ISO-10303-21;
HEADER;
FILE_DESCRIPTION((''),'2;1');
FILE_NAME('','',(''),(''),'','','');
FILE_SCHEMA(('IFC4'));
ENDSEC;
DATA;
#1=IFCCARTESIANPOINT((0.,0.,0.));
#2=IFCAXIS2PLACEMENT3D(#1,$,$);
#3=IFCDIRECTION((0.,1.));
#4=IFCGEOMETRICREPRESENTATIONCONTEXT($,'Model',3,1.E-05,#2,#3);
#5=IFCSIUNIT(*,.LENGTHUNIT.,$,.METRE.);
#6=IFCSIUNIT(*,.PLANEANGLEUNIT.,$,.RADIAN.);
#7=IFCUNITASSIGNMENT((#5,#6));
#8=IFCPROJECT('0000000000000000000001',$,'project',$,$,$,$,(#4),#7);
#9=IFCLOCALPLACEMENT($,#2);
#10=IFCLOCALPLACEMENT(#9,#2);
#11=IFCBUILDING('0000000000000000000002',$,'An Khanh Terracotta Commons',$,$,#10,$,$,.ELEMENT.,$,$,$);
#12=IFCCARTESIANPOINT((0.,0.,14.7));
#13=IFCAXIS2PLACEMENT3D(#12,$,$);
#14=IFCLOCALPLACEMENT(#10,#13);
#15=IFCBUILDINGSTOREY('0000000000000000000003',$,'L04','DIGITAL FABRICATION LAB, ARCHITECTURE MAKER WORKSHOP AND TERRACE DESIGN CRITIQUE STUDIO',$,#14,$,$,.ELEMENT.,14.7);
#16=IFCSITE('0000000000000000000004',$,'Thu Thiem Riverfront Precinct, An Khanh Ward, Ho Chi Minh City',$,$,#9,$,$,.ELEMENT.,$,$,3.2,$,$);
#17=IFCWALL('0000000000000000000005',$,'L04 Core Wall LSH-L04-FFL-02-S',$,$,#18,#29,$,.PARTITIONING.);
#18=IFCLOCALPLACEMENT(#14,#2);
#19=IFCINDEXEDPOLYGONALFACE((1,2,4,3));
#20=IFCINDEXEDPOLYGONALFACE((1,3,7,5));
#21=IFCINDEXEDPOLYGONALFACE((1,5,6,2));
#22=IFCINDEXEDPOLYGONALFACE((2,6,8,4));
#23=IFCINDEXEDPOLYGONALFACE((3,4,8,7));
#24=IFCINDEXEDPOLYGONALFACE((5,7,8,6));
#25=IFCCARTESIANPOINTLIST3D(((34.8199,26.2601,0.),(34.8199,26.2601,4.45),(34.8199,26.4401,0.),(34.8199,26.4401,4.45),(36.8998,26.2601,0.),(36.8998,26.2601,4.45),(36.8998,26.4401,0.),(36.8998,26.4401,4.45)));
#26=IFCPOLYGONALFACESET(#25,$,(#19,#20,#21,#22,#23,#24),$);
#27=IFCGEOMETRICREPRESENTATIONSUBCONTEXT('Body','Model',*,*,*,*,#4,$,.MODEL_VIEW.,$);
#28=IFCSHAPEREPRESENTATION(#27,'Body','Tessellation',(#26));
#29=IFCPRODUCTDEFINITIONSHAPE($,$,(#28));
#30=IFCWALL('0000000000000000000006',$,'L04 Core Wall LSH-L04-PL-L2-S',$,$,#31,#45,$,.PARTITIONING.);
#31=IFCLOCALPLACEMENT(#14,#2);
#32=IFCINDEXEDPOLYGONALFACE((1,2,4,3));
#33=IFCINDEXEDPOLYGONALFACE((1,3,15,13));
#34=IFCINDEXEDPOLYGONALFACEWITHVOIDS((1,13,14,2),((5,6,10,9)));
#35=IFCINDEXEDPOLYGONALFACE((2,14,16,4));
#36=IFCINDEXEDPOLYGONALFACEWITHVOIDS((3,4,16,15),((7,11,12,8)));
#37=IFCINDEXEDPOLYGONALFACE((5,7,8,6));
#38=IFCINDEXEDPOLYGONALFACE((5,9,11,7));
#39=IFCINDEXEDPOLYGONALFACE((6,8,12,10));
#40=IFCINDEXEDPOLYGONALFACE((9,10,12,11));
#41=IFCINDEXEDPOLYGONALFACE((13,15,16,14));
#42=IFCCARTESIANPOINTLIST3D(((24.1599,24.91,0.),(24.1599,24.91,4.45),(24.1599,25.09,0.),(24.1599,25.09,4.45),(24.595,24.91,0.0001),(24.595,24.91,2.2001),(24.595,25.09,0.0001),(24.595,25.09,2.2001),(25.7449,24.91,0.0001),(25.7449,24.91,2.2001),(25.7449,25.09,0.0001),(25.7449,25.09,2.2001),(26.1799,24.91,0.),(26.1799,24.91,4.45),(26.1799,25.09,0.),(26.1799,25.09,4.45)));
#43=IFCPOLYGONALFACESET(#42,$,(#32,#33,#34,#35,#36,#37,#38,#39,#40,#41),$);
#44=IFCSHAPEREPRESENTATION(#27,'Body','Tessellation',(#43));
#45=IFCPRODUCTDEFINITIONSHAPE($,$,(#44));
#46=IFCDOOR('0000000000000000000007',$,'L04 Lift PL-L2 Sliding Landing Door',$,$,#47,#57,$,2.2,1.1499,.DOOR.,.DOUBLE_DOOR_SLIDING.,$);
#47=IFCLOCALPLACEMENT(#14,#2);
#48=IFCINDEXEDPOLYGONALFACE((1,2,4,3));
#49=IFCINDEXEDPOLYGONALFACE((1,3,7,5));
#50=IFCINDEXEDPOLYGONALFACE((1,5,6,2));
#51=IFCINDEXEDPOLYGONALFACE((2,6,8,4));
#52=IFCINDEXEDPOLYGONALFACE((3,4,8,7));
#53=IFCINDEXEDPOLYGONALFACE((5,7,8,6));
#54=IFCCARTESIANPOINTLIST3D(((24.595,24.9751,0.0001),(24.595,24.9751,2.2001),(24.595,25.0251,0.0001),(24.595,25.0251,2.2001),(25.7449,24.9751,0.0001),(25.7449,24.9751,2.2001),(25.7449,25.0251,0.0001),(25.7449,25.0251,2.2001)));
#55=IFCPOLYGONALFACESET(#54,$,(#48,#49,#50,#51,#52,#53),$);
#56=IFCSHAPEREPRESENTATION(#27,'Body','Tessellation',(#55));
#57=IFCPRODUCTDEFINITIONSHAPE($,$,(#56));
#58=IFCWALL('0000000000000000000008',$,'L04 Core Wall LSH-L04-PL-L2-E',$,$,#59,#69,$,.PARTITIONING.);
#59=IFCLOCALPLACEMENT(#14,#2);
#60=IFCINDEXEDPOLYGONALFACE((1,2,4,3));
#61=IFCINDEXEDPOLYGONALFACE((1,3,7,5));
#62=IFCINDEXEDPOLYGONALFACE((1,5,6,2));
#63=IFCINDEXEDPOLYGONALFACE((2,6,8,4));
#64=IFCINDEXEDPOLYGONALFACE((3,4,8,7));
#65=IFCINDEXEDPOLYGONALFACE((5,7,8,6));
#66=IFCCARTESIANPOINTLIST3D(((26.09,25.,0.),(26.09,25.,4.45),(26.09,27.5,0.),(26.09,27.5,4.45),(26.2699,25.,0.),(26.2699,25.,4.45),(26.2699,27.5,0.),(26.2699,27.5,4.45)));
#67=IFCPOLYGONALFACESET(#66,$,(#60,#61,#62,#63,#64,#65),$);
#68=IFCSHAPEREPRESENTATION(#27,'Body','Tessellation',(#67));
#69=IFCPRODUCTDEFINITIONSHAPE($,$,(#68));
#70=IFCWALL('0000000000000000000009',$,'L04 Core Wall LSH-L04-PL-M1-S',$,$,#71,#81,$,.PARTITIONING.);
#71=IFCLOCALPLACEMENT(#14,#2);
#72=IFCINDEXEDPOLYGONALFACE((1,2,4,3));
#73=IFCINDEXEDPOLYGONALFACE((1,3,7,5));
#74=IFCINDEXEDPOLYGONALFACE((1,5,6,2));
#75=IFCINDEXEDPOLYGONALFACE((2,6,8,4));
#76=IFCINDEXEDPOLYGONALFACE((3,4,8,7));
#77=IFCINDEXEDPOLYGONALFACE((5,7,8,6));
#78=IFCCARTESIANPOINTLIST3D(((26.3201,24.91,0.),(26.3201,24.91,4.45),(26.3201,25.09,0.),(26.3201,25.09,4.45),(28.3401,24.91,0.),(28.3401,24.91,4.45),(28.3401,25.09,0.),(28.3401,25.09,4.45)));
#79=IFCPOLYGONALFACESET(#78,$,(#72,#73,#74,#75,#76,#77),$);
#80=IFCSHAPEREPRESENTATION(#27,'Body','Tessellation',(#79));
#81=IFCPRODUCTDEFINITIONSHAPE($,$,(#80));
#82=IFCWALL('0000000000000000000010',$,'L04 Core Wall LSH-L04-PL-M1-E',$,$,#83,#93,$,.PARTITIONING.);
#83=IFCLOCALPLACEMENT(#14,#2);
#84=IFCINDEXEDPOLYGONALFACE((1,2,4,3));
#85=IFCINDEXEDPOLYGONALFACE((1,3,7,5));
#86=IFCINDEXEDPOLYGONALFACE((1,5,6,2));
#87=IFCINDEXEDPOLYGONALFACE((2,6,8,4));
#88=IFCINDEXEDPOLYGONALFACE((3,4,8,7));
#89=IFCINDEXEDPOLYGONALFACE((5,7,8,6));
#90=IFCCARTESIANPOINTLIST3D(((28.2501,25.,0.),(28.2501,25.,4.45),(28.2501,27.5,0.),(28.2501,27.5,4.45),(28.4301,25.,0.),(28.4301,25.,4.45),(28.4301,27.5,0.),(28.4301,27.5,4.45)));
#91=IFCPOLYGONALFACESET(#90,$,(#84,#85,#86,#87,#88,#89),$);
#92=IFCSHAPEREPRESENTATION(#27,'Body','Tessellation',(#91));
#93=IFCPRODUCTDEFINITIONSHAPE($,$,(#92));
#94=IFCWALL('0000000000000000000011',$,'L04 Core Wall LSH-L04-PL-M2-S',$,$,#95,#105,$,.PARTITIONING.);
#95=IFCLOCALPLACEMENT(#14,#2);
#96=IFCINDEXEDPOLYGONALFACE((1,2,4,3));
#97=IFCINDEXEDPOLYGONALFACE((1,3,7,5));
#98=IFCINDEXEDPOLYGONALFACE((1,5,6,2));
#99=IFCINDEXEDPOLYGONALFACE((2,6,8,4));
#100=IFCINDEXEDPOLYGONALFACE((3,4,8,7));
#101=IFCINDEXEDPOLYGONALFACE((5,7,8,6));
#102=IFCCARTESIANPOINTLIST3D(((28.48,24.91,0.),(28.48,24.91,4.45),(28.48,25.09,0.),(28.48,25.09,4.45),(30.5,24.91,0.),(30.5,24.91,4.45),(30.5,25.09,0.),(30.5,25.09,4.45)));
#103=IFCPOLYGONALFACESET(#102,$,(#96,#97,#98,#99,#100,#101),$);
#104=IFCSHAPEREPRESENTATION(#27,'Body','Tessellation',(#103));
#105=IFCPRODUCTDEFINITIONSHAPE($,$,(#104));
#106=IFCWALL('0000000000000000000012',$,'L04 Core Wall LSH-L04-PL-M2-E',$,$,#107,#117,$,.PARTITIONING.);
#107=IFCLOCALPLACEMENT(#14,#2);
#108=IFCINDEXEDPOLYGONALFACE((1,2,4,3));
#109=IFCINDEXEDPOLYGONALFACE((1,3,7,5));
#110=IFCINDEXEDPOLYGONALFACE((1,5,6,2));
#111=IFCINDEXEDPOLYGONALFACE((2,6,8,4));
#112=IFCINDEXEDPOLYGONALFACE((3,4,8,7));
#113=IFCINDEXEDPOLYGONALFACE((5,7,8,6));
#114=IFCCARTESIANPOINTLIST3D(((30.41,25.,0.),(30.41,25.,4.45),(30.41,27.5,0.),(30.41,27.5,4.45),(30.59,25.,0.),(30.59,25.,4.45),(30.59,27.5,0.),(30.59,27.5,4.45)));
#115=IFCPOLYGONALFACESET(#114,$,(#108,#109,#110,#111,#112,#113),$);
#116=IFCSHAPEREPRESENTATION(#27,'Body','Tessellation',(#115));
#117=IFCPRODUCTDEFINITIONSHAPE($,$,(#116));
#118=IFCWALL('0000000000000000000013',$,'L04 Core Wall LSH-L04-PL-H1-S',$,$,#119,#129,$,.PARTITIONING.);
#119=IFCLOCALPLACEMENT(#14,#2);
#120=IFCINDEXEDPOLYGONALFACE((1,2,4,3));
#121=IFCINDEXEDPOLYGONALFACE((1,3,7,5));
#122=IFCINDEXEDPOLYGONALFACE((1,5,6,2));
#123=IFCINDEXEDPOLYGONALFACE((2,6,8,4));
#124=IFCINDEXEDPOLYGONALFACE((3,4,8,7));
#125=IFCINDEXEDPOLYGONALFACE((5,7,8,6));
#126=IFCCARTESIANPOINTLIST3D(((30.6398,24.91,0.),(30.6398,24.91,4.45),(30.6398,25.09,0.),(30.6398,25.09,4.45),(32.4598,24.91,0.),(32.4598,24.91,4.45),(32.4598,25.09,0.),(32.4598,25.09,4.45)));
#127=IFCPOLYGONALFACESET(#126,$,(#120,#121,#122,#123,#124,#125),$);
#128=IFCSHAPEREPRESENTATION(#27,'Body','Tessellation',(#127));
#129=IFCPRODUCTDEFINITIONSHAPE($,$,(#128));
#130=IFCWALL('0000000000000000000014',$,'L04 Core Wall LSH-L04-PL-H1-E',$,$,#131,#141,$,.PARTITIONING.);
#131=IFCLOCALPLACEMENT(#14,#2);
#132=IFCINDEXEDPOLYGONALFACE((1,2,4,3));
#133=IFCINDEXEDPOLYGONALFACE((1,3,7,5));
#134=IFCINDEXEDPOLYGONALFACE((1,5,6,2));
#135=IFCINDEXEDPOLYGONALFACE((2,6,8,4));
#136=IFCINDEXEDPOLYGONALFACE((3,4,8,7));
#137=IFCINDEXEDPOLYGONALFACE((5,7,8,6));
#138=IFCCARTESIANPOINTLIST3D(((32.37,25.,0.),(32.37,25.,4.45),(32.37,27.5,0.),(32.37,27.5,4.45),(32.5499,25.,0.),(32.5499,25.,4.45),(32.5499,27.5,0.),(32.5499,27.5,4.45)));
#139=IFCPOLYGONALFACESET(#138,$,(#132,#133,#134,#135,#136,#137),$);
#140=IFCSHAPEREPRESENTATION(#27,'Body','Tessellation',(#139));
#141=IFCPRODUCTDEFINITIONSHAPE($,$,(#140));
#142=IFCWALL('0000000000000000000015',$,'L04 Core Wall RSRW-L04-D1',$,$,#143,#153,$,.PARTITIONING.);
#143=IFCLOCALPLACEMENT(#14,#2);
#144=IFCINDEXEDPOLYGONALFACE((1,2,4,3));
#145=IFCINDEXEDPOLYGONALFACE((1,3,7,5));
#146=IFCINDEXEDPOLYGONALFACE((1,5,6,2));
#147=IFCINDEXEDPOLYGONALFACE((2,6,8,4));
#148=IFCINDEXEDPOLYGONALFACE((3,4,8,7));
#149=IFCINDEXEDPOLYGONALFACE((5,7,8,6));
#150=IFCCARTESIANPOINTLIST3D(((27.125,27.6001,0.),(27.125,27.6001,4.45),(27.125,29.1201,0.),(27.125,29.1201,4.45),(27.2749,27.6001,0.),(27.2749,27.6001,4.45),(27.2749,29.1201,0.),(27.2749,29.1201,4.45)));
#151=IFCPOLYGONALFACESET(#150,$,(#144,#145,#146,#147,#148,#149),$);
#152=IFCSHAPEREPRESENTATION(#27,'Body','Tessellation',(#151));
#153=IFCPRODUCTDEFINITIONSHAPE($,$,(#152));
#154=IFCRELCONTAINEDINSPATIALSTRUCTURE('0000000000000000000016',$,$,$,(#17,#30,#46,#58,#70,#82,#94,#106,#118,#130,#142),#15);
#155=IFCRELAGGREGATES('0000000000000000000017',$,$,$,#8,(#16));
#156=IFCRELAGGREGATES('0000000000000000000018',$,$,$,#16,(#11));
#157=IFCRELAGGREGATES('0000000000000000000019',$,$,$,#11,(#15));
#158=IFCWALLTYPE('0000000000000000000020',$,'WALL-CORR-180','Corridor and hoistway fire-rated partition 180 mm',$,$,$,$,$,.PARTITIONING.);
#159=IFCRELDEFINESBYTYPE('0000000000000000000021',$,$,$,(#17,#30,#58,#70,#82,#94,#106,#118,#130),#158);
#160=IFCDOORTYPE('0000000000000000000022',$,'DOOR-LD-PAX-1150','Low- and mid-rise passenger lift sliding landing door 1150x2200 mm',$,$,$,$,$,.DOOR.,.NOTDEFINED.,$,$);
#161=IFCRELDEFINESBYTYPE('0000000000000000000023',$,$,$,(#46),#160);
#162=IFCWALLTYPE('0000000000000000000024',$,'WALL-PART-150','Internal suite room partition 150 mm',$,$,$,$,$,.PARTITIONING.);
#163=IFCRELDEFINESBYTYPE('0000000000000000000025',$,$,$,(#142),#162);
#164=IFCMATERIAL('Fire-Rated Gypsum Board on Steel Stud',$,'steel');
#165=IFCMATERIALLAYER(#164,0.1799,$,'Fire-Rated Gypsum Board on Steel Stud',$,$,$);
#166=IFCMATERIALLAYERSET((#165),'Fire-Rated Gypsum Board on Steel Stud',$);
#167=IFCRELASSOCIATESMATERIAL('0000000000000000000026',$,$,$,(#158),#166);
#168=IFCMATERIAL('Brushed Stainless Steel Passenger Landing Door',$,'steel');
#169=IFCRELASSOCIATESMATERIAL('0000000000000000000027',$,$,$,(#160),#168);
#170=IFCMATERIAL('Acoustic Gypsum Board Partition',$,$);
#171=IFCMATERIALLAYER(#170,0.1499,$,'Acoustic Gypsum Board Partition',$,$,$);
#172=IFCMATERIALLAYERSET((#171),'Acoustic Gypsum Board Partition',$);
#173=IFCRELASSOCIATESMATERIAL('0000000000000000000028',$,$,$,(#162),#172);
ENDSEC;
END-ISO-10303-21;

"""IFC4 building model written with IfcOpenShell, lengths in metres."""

from ifc_helpers import new_model, si_unit, direction, frame, frame_2d, origin, place, context, subcontext, project, spatial, rectangle, extrude, material, layer, layer_set, type_object, element, fill, save


model = new_model("IFC4")

# Units and contexts
model_context = context("Model", 3, precision=1e-05, world=origin(), true_north=direction((0.0, 1.0)))
body_context = subcontext(model_context, "Body", "Model", "MODEL_VIEW")
ifc_project = project(units=[si_unit("LENGTHUNIT", "METRE"), si_unit("PLANEANGLEUNIT", "RADIAN")], contexts=[model_context])

# Site, building, storey
site_placement = place(None, origin())
site = spatial("IfcSite", under=ifc_project, at=site_placement, Name="Thu Thiem Riverfront Precinct, An Khanh Ward, Ho Chi Minh City", CompositionType="ELEMENT", RefElevation=3.2)
building_placement = place(site_placement, origin())
building = spatial("IfcBuilding", under=site, at=building_placement, Name="An Khanh Terracotta Commons", CompositionType="ELEMENT")
storey_placement = place(building_placement, frame((0.0, 0.0, 14.7)))
storey = spatial("IfcBuildingStorey", under=building, at=storey_placement, Name="L04", Description="DIGITAL FABRICATION LAB, ARCHITECTURE MAKER WORKSHOP AND TERRACE DESIGN CRITIQUE STUDIO", CompositionType="ELEMENT", Elevation=14.7)

# Wall
ifc_material_1 = material(Name="Fire-Rated Gypsum Board on Steel Stud", Category="steel")
ifc_layer_1 = layer(ifc_material_1, 0.1799, Name="Fire-Rated Gypsum Board on Steel Stud")
ifc_layer_set_1 = layer_set([ifc_layer_1], Name="Fire-Rated Gypsum Board on Steel Stud")
wall_type_1 = type_object("IfcWallType", Name="WALL-CORR-180", Description="Corridor and hoistway fire-rated partition 180 mm", PredefinedType="PARTITIONING", material=ifc_layer_set_1)
wall_1_placement = place(storey_placement, frame((36.8999, 26.3501, 0.0), z_axis=(0.0, 0.0, 1.0), x_axis=(-1.0, 0.0, 0.0)))
element("IfcWall", 1, at=wall_1_placement, inside=storey, type_object=wall_type_1, Name="L04 Core Wall LSH-L04-FFL-02-S", PredefinedType="PARTITIONING", context=body_context, shape_type="SweptSolid", body=[
    extrude(rectangle(XDim=2.0798, YDim=0.1799, at=frame_2d((1.04, 0.0))), origin(), (0.0, 0.0, 1.0), 4.45),
])

# Wall, opening, door
wall_2_placement = place(storey_placement, frame((26.1799, 25.0, 0.0), z_axis=(0.0, 0.0, 1.0), x_axis=(-1.0, 0.0, 0.0)))
wall_2 = element("IfcWall", 2, at=wall_2_placement, inside=storey, type_object=wall_type_1, Name="L04 Core Wall LSH-L04-PL-L2-S", PredefinedType="PARTITIONING", context=body_context, shape_type="SweptSolid", body=[
    extrude(rectangle(XDim=2.02, YDim=0.1799, at=frame_2d((1.01, 0.0))), origin(), (0.0, 0.0, 1.0), 4.45),
])
opening_placement = place(wall_2_placement, frame((0.4351, 0.0, 0.0)))
opening = element("IfcOpeningElement", 3, at=opening_placement, cuts=wall_2, PredefinedType="OPENING", context=body_context, shape_type="SweptSolid", body=[
    extrude(rectangle(XDim=1.1499, YDim=2.2, at=frame_2d((0.575, 1.1001))), frame((0.0, 0.0999, 0.0), z_axis=(0.0, -1.0, 0.0), x_axis=(1.0, 0.0, 0.0)), (0.0, 0.0, 1.0), 0.2),
])
ifc_material_2 = material(Name="Brushed Stainless Steel Passenger Landing Door", Category="steel")
door_type = type_object("IfcDoorType", Name="DOOR-LD-PAX-1150", Description="Low- and mid-rise passenger lift sliding landing door 1150x2200 mm", OperationType="NOTDEFINED", PredefinedType="DOOR", material=ifc_material_2)
door_placement = place(opening_placement, origin())
door = element("IfcDoor", 4, at=door_placement, inside=storey, type_object=door_type, Name="L04 Lift PL-L2 Sliding Landing Door", OperationType="DOUBLE_DOOR_SLIDING", OverallHeight=2.2, OverallWidth=1.1499, PredefinedType="DOOR", context=body_context, shape_type="SweptSolid", body=[
    extrude(rectangle(XDim=1.1499, YDim=2.2, at=frame_2d((0.575, 1.1001))), frame((0.0, 0.0249, 0.0), z_axis=(0.0, -1.0, 0.0), x_axis=(1.0, 0.0, 0.0)), (0.0, 0.0, 1.0), 0.05),
])
fill(opening, door)

# Walls
wall_3_placement = place(storey_placement, frame((26.1799, 25.0, 0.0), z_axis=(0.0, 0.0, 1.0), x_axis=(0.0, 1.0, 0.0)))
element("IfcWall", 5, at=wall_3_placement, inside=storey, type_object=wall_type_1, Name="L04 Core Wall LSH-L04-PL-L2-E", PredefinedType="PARTITIONING", context=body_context, shape_type="SweptSolid", body=[
    extrude(rectangle(XDim=2.5, YDim=0.1799, at=frame_2d((1.25, 0.0))), origin(), (0.0, 0.0, 1.0), 4.45),
])
wall_4_placement = place(storey_placement, frame((28.3401, 25.0, 0.0), z_axis=(0.0, 0.0, 1.0), x_axis=(-1.0, 0.0, 0.0)))
element("IfcWall", 6, at=wall_4_placement, inside=storey, type_object=wall_type_1, Name="L04 Core Wall LSH-L04-PL-M1-S", PredefinedType="PARTITIONING", context=body_context, shape_type="SweptSolid", body=[
    extrude(rectangle(XDim=2.02, YDim=0.1799, at=frame_2d((1.01, 0.0))), origin(), (0.0, 0.0, 1.0), 4.45),
])
wall_5_placement = place(storey_placement, frame((28.3401, 25.0, 0.0), z_axis=(0.0, 0.0, 1.0), x_axis=(0.0, 1.0, 0.0)))
element("IfcWall", 7, at=wall_5_placement, inside=storey, type_object=wall_type_1, Name="L04 Core Wall LSH-L04-PL-M1-E", PredefinedType="PARTITIONING", context=body_context, shape_type="SweptSolid", body=[
    extrude(rectangle(XDim=2.5, YDim=0.1799, at=frame_2d((1.25, 0.0))), origin(), (0.0, 0.0, 1.0), 4.45),
])
wall_6_placement = place(storey_placement, frame((30.5, 25.0, 0.0), z_axis=(0.0, 0.0, 1.0), x_axis=(-1.0, 0.0, 0.0)))
element("IfcWall", 8, at=wall_6_placement, inside=storey, type_object=wall_type_1, Name="L04 Core Wall LSH-L04-PL-M2-S", PredefinedType="PARTITIONING", context=body_context, shape_type="SweptSolid", body=[
    extrude(rectangle(XDim=2.02, YDim=0.1799, at=frame_2d((1.01, 0.0))), origin(), (0.0, 0.0, 1.0), 4.45),
])
wall_7_placement = place(storey_placement, frame((30.5, 25.0, 0.0), z_axis=(0.0, 0.0, 1.0), x_axis=(0.0, 1.0, 0.0)))
element("IfcWall", 9, at=wall_7_placement, inside=storey, type_object=wall_type_1, Name="L04 Core Wall LSH-L04-PL-M2-E", PredefinedType="PARTITIONING", context=body_context, shape_type="SweptSolid", body=[
    extrude(rectangle(XDim=2.5, YDim=0.1799, at=frame_2d((1.25, 0.0))), origin(), (0.0, 0.0, 1.0), 4.45),
])
wall_8_placement = place(storey_placement, frame((32.46, 25.0, 0.0), z_axis=(0.0, 0.0, 1.0), x_axis=(-1.0, 0.0, 0.0)))
element("IfcWall", 10, at=wall_8_placement, inside=storey, type_object=wall_type_1, Name="L04 Core Wall LSH-L04-PL-H1-S", PredefinedType="PARTITIONING", context=body_context, shape_type="SweptSolid", body=[
    extrude(rectangle(XDim=1.8201, YDim=0.1799, at=frame_2d((0.9102, 0.0))), origin(), (0.0, 0.0, 1.0), 4.45),
])
wall_9_placement = place(storey_placement, frame((32.46, 25.0, 0.0), z_axis=(0.0, 0.0, 1.0), x_axis=(0.0, 1.0, 0.0)))
element("IfcWall", 11, at=wall_9_placement, inside=storey, type_object=wall_type_1, Name="L04 Core Wall LSH-L04-PL-H1-E", PredefinedType="PARTITIONING", context=body_context, shape_type="SweptSolid", body=[
    extrude(rectangle(XDim=2.5, YDim=0.1799, at=frame_2d((1.25, 0.0))), origin(), (0.0, 0.0, 1.0), 4.45),
])
ifc_material_3 = material(Name="Acoustic Gypsum Board Partition")
ifc_layer_2 = layer(ifc_material_3, 0.1499, Name="Acoustic Gypsum Board Partition")
ifc_layer_set_2 = layer_set([ifc_layer_2], Name="Acoustic Gypsum Board Partition")
wall_type_2 = type_object("IfcWallType", Name="WALL-PART-150", Description="Internal suite room partition 150 mm", PredefinedType="PARTITIONING", material=ifc_layer_set_2)
wall_10_placement = place(storey_placement, frame((27.2, 27.6001, 0.0), z_axis=(0.0, 0.0, 1.0), x_axis=(0.0, 1.0, 0.0)))
element("IfcWall", 12, at=wall_10_placement, inside=storey, type_object=wall_type_2, Name="L04 Core Wall RSRW-L04-D1", PredefinedType="PARTITIONING", context=body_context, shape_type="SweptSolid", body=[
    extrude(rectangle(XDim=1.52, YDim=0.1499, at=frame_2d((0.76, 0.0))), origin(), (0.0, 0.0, 1.0), 4.45),
])

save(model, "model.ifc")
